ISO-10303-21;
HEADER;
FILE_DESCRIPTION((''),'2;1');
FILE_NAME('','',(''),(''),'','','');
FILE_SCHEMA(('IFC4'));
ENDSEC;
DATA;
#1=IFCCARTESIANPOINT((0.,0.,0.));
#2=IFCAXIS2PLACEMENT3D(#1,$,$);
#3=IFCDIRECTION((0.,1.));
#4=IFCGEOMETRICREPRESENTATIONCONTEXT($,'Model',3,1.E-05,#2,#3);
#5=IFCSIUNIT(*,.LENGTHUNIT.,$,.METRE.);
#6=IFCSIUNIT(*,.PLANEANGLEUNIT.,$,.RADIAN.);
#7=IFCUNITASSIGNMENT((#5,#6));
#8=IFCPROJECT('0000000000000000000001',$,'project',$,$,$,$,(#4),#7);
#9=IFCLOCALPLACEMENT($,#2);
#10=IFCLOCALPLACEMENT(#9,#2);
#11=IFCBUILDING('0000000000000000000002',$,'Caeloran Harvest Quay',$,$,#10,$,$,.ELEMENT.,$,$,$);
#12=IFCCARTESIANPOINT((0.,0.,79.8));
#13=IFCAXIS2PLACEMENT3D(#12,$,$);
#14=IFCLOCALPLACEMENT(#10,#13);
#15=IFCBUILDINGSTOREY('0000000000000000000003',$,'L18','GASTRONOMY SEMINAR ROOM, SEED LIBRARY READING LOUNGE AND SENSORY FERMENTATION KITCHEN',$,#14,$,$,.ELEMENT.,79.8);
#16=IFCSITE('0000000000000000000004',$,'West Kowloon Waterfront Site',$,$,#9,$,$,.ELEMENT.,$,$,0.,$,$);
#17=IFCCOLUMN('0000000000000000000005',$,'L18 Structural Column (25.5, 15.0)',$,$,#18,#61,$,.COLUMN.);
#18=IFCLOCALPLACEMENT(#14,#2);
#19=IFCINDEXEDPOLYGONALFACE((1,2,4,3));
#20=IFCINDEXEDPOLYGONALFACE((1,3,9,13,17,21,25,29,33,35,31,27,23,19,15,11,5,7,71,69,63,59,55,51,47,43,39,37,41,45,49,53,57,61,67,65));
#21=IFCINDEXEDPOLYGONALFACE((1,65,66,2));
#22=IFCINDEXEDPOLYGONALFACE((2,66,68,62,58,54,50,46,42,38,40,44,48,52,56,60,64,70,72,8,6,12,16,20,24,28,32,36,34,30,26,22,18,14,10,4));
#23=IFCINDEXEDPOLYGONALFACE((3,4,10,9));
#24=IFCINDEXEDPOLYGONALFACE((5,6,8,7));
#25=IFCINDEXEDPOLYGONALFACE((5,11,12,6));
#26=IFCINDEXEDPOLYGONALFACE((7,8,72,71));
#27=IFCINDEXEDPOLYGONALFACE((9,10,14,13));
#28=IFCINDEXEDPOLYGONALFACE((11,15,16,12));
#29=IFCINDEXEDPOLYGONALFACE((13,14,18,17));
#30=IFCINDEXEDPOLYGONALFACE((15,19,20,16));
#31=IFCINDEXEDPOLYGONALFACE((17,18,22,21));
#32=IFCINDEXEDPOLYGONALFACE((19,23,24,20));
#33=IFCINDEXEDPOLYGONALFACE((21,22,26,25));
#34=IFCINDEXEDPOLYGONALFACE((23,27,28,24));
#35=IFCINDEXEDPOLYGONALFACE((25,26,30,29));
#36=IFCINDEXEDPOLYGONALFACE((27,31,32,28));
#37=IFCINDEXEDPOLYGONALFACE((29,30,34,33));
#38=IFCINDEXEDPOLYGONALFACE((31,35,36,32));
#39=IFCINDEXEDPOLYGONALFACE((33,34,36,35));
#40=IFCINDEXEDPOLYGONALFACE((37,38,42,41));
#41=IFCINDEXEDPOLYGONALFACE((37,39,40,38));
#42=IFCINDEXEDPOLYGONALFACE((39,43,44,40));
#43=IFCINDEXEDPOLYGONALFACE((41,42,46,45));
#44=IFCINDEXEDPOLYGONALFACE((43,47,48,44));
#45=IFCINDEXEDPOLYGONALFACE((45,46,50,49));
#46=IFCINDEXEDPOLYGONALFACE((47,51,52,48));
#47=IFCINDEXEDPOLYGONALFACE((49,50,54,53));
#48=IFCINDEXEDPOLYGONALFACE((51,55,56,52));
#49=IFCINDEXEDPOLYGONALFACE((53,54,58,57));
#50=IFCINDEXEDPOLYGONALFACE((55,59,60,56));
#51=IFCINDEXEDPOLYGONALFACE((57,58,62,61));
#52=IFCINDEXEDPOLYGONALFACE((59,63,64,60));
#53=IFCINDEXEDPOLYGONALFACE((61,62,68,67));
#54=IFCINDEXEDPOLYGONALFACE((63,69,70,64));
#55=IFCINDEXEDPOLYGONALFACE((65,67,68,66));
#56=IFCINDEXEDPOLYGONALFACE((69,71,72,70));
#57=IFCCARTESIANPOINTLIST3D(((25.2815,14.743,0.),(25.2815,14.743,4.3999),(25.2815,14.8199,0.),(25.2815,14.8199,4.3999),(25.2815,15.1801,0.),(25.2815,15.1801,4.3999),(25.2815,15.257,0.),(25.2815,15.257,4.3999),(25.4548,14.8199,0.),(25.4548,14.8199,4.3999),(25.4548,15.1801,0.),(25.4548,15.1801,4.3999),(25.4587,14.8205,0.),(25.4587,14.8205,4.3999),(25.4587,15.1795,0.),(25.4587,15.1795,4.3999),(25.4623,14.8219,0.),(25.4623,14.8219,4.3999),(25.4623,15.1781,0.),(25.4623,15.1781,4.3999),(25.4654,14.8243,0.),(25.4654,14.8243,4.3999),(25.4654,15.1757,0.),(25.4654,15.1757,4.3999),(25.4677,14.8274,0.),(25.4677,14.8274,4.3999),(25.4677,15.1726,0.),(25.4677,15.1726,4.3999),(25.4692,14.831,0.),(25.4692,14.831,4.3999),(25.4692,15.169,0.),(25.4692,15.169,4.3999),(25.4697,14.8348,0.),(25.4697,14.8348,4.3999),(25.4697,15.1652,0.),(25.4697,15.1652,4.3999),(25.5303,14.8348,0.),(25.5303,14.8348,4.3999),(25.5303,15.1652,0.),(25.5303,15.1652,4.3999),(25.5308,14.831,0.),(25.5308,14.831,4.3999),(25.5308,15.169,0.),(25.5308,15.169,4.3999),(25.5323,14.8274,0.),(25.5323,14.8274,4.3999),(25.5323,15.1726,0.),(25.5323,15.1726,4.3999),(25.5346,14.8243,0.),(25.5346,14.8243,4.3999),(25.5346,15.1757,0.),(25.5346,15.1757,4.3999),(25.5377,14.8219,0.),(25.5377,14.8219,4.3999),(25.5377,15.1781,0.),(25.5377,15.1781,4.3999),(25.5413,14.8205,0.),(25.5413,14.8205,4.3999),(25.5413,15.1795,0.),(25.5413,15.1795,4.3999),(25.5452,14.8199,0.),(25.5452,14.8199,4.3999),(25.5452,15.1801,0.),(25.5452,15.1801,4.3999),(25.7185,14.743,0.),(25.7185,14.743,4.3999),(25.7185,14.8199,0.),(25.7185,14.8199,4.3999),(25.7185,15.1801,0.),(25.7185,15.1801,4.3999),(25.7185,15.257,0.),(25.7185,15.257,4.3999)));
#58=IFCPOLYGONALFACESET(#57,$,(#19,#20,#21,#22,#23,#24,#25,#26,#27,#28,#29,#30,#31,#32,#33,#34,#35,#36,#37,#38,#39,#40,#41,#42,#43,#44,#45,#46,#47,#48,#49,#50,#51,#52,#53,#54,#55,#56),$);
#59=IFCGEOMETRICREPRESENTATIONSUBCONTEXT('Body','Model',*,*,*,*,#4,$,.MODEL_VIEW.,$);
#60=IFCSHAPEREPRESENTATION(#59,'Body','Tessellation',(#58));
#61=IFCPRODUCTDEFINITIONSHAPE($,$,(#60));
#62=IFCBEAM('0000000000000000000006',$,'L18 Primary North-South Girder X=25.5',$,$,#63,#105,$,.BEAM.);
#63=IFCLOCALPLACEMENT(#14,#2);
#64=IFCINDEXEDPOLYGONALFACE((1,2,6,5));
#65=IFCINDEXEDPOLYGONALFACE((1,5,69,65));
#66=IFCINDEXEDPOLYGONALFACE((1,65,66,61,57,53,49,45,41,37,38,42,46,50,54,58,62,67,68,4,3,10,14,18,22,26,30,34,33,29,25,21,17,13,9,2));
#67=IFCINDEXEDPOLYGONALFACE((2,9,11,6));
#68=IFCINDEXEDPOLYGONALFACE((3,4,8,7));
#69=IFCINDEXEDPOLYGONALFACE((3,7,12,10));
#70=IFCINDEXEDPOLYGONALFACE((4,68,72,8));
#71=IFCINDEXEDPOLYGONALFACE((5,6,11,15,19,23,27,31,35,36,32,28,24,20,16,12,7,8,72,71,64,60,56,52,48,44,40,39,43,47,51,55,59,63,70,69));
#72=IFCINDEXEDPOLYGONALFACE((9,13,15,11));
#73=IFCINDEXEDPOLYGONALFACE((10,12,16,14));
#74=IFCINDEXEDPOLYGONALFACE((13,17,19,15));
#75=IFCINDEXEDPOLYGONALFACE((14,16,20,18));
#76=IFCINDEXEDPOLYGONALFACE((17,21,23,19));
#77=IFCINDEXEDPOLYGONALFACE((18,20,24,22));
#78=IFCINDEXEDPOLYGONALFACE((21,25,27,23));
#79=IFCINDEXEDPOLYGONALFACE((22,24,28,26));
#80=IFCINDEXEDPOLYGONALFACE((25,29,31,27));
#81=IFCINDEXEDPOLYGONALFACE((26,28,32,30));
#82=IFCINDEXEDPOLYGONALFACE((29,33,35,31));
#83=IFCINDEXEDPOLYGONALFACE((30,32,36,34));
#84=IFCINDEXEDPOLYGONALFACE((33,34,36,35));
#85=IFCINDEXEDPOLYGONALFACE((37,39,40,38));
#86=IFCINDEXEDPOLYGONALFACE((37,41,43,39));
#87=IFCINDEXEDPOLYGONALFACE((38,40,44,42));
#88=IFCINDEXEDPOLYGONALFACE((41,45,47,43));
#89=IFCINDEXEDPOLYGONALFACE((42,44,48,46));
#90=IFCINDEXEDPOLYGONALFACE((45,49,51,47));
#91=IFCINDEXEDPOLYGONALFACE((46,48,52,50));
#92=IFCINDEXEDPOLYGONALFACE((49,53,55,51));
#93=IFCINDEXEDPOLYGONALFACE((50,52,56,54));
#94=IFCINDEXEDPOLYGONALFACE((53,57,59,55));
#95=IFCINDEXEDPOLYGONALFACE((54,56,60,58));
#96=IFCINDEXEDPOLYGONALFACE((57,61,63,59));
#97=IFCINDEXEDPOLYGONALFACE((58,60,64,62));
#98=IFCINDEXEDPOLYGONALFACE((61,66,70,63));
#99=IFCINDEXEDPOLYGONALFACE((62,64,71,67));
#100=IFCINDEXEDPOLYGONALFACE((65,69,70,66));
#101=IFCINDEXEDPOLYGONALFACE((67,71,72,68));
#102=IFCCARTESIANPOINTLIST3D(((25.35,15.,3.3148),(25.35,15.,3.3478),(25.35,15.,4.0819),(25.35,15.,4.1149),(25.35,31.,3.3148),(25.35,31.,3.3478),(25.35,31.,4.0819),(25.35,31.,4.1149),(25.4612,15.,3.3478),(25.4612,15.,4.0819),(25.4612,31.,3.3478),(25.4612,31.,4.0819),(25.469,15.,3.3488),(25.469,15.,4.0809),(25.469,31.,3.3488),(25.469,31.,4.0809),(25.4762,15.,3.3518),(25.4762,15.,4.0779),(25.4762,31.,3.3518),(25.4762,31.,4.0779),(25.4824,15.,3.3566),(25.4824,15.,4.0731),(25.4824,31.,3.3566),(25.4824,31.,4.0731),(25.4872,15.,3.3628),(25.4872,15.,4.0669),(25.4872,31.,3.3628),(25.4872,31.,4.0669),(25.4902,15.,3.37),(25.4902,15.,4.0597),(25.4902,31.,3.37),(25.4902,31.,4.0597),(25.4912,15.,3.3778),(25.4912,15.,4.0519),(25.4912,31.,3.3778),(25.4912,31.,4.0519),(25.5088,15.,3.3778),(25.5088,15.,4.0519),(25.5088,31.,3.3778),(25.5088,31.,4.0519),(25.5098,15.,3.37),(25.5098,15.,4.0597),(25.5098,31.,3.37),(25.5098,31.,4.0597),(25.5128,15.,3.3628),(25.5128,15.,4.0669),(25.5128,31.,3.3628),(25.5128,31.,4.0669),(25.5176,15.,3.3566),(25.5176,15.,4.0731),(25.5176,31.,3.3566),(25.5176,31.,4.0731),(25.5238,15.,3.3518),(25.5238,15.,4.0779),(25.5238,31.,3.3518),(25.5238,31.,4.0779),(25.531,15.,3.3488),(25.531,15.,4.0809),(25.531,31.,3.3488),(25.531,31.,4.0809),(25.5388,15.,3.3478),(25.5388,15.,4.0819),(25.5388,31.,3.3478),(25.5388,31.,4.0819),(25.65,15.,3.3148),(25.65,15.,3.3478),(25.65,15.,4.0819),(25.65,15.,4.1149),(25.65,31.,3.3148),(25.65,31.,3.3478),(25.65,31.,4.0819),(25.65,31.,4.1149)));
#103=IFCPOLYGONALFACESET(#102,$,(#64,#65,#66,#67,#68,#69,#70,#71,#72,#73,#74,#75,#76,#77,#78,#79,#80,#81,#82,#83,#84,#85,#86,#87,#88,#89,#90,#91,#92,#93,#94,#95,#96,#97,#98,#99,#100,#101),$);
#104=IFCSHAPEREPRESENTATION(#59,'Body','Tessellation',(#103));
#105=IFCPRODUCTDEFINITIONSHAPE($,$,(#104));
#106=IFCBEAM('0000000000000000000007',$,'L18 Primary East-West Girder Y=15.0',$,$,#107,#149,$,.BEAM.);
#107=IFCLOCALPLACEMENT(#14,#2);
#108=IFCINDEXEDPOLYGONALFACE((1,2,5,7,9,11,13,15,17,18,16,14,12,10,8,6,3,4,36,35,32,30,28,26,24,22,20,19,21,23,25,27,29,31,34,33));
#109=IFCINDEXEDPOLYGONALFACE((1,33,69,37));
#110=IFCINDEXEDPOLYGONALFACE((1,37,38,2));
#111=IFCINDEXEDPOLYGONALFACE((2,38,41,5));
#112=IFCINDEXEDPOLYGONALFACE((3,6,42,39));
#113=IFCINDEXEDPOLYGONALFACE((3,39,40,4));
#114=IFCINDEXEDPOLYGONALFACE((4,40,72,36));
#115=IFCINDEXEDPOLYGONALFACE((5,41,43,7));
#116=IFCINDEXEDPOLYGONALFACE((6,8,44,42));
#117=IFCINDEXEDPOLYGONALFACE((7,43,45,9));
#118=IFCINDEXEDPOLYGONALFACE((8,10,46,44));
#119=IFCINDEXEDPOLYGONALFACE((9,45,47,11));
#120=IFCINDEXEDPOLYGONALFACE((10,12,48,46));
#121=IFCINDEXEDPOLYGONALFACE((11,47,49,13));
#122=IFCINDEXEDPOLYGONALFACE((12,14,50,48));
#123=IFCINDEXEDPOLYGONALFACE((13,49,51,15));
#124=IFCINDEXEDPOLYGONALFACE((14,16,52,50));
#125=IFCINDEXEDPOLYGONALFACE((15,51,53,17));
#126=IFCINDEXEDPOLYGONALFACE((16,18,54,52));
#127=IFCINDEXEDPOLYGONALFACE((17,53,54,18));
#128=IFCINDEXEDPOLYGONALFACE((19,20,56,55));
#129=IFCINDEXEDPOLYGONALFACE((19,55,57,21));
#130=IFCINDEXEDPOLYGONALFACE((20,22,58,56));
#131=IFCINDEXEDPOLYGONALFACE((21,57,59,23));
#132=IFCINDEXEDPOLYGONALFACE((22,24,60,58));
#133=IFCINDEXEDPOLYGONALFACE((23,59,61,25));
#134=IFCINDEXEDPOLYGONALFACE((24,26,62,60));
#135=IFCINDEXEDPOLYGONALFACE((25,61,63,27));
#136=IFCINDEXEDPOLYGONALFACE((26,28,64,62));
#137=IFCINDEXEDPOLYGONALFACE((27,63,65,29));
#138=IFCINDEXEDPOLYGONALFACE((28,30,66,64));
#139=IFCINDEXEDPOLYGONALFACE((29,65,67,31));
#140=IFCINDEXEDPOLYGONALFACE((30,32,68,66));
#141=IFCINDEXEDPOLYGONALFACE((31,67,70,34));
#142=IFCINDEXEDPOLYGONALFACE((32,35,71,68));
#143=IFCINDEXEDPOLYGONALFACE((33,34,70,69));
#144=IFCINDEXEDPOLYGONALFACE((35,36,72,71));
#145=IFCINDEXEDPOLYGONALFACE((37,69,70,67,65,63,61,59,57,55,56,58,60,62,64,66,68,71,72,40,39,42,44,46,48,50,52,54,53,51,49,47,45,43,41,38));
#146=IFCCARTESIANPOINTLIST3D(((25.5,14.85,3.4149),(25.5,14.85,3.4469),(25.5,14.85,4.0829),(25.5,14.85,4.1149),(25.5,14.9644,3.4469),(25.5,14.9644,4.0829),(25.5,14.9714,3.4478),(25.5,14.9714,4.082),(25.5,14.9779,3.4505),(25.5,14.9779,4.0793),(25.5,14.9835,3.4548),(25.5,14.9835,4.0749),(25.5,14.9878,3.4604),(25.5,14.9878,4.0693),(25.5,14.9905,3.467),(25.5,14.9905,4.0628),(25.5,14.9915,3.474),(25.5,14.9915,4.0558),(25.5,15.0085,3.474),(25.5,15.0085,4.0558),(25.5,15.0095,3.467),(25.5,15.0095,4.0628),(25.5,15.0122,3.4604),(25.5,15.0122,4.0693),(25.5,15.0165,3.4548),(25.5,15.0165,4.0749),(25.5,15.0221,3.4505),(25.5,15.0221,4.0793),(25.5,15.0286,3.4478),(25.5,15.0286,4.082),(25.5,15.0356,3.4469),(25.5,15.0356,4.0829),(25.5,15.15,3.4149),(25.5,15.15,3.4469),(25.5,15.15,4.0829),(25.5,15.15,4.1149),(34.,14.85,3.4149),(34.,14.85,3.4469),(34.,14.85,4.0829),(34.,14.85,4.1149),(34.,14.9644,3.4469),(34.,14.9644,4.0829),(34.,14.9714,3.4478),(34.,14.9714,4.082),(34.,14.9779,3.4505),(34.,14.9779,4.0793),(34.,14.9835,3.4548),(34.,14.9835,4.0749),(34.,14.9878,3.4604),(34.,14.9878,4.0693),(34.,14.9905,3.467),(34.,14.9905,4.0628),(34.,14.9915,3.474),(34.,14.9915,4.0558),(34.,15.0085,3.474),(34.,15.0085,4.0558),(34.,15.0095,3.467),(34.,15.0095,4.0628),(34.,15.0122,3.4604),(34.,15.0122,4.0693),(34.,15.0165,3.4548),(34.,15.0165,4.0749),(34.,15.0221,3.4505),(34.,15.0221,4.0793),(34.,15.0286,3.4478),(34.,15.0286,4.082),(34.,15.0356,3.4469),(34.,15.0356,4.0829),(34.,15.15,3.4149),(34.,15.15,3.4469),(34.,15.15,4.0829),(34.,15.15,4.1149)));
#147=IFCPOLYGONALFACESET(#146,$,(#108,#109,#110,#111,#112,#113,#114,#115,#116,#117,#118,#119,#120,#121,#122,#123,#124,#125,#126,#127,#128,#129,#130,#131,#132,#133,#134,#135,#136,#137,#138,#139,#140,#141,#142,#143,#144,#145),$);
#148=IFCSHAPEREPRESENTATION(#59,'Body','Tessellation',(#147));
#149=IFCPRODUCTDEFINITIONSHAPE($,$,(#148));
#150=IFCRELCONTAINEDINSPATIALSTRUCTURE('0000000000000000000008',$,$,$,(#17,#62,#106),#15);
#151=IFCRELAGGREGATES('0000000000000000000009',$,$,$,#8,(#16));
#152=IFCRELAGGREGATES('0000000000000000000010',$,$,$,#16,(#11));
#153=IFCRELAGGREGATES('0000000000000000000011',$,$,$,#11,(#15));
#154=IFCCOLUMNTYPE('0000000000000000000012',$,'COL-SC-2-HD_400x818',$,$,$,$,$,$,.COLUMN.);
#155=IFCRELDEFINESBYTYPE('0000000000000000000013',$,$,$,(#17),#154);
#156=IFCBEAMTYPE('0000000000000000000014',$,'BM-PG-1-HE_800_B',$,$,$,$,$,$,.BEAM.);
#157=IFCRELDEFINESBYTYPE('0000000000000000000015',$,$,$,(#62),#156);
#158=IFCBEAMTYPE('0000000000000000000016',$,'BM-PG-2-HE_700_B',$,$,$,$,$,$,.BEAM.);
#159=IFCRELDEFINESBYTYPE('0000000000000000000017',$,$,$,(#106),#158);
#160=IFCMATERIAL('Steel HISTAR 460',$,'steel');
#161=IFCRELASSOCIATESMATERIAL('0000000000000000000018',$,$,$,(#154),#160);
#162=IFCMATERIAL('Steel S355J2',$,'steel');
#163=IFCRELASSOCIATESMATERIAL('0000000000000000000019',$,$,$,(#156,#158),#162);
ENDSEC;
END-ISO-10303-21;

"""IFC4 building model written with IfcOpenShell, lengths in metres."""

from ifc_helpers import new_model, si_unit, direction, frame, origin, origin_2d, place, context, subcontext, project, spatial, i_section, extrude, material, material_profile, profile_set, type_object, element, save


model = new_model("IFC4")

# Units and contexts
model_context = context("Model", 3, precision=1e-05, world=origin(), true_north=direction((0.0, 1.0)))
body_context = subcontext(model_context, "Body", "Model", "MODEL_VIEW")
ifc_project = project(units=[si_unit("LENGTHUNIT", "METRE"), si_unit("PLANEANGLEUNIT", "RADIAN")], contexts=[model_context])

# Site, building, storey
site_placement = place(None, origin())
site = spatial("IfcSite", under=ifc_project, at=site_placement, Name="West Kowloon Waterfront Site", CompositionType="ELEMENT", RefElevation=0.0)
building_placement = place(site_placement, origin())
building = spatial("IfcBuilding", under=site, at=building_placement, Name="Caeloran Harvest Quay", CompositionType="ELEMENT")
storey_placement = place(building_placement, frame((0.0, 0.0, 79.8)))
storey = spatial("IfcBuildingStorey", under=building, at=storey_placement, Name="L18", Description="GASTRONOMY SEMINAR ROOM, SEED LIBRARY READING LOUNGE AND SENSORY FERMENTATION KITCHEN", CompositionType="ELEMENT", Elevation=79.8)

# Column
ifc_material_1 = material(Name="Steel HISTAR 460", Category="steel")
ifc_material_profile_1 = material_profile(ifc_material_1, i_section(OverallWidth=0.437, OverallDepth=0.5139, WebThickness=0.0605, FlangeThickness=0.0769, FilletRadius=0.0149, at=origin_2d()), Name="HD 400x818")
ifc_profile_set_1 = profile_set([ifc_material_profile_1], Name="Steel HISTAR 460")
column_type = type_object("IfcColumnType", Name="COL-SC-2-HD_400x818", PredefinedType="COLUMN", material=ifc_profile_set_1)
column_placement = place(storey_placement, frame((25.5, 15.0, 0.0), z_axis=(0.0, 0.0, 1.0), x_axis=(1.0, 0.0, 0.0)))
element("IfcColumn", 1, at=column_placement, inside=storey, type_object=column_type, Name="L18 Structural Column (25.5, 15.0)", PredefinedType="COLUMN", context=body_context, shape_type="SweptSolid", body=[
    extrude(i_section(OverallWidth=0.437, OverallDepth=0.5139, WebThickness=0.0605, FlangeThickness=0.0769, FilletRadius=0.0149, at=origin_2d()), origin(), (0.0, 0.0, 1.0), 4.3999),
])

# Beams
ifc_material_2 = material(Name="Steel S355J2", Category="steel")
ifc_material_profile_2 = material_profile(ifc_material_2, i_section(OverallWidth=0.3, OverallDepth=0.8, WebThickness=0.0176, FlangeThickness=0.033, FilletRadius=0.03, at=origin_2d()), Name="HE 800 B")
ifc_profile_set_2 = profile_set([ifc_material_profile_2], Name="Steel S355J2")
beam_type_1 = type_object("IfcBeamType", Name="BM-PG-1-HE_800_B", PredefinedType="BEAM", material=ifc_profile_set_2)
beam_1_placement = place(storey_placement, frame((25.5, 15.0, 3.7148), z_axis=(0.0, 1.0, 0.0), x_axis=(-1.0, 0.0, 0.0)))
element("IfcBeam", 2, at=beam_1_placement, inside=storey, type_object=beam_type_1, Name="L18 Primary North-South Girder X=25.5", PredefinedType="BEAM", context=body_context, shape_type="SweptSolid", body=[
    extrude(i_section(OverallWidth=0.3, OverallDepth=0.8, WebThickness=0.0176, FlangeThickness=0.033, FilletRadius=0.03, at=origin_2d()), origin(), (0.0, 0.0, 1.0), 16.0),
])
ifc_material_profile_3 = material_profile(ifc_material_2, i_section(OverallWidth=0.3, OverallDepth=0.7, WebThickness=0.0171, FlangeThickness=0.032, FilletRadius=0.0271, at=origin_2d()), Name="HE 700 B")
ifc_profile_set_3 = profile_set([ifc_material_profile_3], Name="Steel S355J2")
beam_type_2 = type_object("IfcBeamType", Name="BM-PG-2-HE_700_B", PredefinedType="BEAM", material=ifc_profile_set_3)
beam_2_placement = place(storey_placement, frame((25.5, 15.0, 3.7649), z_axis=(1.0, 0.0, 0.0), x_axis=(0.0, 1.0, 0.0)))
element("IfcBeam", 3, at=beam_2_placement, inside=storey, type_object=beam_type_2, Name="L18 Primary East-West Girder Y=15.0", PredefinedType="BEAM", context=body_context, shape_type="SweptSolid", body=[
    extrude(i_section(OverallWidth=0.3, OverallDepth=0.7, WebThickness=0.0171, FlangeThickness=0.032, FilletRadius=0.0271, at=origin_2d()), origin(), (0.0, 0.0, 1.0), 8.5),
])

save(model, "model.ifc")
